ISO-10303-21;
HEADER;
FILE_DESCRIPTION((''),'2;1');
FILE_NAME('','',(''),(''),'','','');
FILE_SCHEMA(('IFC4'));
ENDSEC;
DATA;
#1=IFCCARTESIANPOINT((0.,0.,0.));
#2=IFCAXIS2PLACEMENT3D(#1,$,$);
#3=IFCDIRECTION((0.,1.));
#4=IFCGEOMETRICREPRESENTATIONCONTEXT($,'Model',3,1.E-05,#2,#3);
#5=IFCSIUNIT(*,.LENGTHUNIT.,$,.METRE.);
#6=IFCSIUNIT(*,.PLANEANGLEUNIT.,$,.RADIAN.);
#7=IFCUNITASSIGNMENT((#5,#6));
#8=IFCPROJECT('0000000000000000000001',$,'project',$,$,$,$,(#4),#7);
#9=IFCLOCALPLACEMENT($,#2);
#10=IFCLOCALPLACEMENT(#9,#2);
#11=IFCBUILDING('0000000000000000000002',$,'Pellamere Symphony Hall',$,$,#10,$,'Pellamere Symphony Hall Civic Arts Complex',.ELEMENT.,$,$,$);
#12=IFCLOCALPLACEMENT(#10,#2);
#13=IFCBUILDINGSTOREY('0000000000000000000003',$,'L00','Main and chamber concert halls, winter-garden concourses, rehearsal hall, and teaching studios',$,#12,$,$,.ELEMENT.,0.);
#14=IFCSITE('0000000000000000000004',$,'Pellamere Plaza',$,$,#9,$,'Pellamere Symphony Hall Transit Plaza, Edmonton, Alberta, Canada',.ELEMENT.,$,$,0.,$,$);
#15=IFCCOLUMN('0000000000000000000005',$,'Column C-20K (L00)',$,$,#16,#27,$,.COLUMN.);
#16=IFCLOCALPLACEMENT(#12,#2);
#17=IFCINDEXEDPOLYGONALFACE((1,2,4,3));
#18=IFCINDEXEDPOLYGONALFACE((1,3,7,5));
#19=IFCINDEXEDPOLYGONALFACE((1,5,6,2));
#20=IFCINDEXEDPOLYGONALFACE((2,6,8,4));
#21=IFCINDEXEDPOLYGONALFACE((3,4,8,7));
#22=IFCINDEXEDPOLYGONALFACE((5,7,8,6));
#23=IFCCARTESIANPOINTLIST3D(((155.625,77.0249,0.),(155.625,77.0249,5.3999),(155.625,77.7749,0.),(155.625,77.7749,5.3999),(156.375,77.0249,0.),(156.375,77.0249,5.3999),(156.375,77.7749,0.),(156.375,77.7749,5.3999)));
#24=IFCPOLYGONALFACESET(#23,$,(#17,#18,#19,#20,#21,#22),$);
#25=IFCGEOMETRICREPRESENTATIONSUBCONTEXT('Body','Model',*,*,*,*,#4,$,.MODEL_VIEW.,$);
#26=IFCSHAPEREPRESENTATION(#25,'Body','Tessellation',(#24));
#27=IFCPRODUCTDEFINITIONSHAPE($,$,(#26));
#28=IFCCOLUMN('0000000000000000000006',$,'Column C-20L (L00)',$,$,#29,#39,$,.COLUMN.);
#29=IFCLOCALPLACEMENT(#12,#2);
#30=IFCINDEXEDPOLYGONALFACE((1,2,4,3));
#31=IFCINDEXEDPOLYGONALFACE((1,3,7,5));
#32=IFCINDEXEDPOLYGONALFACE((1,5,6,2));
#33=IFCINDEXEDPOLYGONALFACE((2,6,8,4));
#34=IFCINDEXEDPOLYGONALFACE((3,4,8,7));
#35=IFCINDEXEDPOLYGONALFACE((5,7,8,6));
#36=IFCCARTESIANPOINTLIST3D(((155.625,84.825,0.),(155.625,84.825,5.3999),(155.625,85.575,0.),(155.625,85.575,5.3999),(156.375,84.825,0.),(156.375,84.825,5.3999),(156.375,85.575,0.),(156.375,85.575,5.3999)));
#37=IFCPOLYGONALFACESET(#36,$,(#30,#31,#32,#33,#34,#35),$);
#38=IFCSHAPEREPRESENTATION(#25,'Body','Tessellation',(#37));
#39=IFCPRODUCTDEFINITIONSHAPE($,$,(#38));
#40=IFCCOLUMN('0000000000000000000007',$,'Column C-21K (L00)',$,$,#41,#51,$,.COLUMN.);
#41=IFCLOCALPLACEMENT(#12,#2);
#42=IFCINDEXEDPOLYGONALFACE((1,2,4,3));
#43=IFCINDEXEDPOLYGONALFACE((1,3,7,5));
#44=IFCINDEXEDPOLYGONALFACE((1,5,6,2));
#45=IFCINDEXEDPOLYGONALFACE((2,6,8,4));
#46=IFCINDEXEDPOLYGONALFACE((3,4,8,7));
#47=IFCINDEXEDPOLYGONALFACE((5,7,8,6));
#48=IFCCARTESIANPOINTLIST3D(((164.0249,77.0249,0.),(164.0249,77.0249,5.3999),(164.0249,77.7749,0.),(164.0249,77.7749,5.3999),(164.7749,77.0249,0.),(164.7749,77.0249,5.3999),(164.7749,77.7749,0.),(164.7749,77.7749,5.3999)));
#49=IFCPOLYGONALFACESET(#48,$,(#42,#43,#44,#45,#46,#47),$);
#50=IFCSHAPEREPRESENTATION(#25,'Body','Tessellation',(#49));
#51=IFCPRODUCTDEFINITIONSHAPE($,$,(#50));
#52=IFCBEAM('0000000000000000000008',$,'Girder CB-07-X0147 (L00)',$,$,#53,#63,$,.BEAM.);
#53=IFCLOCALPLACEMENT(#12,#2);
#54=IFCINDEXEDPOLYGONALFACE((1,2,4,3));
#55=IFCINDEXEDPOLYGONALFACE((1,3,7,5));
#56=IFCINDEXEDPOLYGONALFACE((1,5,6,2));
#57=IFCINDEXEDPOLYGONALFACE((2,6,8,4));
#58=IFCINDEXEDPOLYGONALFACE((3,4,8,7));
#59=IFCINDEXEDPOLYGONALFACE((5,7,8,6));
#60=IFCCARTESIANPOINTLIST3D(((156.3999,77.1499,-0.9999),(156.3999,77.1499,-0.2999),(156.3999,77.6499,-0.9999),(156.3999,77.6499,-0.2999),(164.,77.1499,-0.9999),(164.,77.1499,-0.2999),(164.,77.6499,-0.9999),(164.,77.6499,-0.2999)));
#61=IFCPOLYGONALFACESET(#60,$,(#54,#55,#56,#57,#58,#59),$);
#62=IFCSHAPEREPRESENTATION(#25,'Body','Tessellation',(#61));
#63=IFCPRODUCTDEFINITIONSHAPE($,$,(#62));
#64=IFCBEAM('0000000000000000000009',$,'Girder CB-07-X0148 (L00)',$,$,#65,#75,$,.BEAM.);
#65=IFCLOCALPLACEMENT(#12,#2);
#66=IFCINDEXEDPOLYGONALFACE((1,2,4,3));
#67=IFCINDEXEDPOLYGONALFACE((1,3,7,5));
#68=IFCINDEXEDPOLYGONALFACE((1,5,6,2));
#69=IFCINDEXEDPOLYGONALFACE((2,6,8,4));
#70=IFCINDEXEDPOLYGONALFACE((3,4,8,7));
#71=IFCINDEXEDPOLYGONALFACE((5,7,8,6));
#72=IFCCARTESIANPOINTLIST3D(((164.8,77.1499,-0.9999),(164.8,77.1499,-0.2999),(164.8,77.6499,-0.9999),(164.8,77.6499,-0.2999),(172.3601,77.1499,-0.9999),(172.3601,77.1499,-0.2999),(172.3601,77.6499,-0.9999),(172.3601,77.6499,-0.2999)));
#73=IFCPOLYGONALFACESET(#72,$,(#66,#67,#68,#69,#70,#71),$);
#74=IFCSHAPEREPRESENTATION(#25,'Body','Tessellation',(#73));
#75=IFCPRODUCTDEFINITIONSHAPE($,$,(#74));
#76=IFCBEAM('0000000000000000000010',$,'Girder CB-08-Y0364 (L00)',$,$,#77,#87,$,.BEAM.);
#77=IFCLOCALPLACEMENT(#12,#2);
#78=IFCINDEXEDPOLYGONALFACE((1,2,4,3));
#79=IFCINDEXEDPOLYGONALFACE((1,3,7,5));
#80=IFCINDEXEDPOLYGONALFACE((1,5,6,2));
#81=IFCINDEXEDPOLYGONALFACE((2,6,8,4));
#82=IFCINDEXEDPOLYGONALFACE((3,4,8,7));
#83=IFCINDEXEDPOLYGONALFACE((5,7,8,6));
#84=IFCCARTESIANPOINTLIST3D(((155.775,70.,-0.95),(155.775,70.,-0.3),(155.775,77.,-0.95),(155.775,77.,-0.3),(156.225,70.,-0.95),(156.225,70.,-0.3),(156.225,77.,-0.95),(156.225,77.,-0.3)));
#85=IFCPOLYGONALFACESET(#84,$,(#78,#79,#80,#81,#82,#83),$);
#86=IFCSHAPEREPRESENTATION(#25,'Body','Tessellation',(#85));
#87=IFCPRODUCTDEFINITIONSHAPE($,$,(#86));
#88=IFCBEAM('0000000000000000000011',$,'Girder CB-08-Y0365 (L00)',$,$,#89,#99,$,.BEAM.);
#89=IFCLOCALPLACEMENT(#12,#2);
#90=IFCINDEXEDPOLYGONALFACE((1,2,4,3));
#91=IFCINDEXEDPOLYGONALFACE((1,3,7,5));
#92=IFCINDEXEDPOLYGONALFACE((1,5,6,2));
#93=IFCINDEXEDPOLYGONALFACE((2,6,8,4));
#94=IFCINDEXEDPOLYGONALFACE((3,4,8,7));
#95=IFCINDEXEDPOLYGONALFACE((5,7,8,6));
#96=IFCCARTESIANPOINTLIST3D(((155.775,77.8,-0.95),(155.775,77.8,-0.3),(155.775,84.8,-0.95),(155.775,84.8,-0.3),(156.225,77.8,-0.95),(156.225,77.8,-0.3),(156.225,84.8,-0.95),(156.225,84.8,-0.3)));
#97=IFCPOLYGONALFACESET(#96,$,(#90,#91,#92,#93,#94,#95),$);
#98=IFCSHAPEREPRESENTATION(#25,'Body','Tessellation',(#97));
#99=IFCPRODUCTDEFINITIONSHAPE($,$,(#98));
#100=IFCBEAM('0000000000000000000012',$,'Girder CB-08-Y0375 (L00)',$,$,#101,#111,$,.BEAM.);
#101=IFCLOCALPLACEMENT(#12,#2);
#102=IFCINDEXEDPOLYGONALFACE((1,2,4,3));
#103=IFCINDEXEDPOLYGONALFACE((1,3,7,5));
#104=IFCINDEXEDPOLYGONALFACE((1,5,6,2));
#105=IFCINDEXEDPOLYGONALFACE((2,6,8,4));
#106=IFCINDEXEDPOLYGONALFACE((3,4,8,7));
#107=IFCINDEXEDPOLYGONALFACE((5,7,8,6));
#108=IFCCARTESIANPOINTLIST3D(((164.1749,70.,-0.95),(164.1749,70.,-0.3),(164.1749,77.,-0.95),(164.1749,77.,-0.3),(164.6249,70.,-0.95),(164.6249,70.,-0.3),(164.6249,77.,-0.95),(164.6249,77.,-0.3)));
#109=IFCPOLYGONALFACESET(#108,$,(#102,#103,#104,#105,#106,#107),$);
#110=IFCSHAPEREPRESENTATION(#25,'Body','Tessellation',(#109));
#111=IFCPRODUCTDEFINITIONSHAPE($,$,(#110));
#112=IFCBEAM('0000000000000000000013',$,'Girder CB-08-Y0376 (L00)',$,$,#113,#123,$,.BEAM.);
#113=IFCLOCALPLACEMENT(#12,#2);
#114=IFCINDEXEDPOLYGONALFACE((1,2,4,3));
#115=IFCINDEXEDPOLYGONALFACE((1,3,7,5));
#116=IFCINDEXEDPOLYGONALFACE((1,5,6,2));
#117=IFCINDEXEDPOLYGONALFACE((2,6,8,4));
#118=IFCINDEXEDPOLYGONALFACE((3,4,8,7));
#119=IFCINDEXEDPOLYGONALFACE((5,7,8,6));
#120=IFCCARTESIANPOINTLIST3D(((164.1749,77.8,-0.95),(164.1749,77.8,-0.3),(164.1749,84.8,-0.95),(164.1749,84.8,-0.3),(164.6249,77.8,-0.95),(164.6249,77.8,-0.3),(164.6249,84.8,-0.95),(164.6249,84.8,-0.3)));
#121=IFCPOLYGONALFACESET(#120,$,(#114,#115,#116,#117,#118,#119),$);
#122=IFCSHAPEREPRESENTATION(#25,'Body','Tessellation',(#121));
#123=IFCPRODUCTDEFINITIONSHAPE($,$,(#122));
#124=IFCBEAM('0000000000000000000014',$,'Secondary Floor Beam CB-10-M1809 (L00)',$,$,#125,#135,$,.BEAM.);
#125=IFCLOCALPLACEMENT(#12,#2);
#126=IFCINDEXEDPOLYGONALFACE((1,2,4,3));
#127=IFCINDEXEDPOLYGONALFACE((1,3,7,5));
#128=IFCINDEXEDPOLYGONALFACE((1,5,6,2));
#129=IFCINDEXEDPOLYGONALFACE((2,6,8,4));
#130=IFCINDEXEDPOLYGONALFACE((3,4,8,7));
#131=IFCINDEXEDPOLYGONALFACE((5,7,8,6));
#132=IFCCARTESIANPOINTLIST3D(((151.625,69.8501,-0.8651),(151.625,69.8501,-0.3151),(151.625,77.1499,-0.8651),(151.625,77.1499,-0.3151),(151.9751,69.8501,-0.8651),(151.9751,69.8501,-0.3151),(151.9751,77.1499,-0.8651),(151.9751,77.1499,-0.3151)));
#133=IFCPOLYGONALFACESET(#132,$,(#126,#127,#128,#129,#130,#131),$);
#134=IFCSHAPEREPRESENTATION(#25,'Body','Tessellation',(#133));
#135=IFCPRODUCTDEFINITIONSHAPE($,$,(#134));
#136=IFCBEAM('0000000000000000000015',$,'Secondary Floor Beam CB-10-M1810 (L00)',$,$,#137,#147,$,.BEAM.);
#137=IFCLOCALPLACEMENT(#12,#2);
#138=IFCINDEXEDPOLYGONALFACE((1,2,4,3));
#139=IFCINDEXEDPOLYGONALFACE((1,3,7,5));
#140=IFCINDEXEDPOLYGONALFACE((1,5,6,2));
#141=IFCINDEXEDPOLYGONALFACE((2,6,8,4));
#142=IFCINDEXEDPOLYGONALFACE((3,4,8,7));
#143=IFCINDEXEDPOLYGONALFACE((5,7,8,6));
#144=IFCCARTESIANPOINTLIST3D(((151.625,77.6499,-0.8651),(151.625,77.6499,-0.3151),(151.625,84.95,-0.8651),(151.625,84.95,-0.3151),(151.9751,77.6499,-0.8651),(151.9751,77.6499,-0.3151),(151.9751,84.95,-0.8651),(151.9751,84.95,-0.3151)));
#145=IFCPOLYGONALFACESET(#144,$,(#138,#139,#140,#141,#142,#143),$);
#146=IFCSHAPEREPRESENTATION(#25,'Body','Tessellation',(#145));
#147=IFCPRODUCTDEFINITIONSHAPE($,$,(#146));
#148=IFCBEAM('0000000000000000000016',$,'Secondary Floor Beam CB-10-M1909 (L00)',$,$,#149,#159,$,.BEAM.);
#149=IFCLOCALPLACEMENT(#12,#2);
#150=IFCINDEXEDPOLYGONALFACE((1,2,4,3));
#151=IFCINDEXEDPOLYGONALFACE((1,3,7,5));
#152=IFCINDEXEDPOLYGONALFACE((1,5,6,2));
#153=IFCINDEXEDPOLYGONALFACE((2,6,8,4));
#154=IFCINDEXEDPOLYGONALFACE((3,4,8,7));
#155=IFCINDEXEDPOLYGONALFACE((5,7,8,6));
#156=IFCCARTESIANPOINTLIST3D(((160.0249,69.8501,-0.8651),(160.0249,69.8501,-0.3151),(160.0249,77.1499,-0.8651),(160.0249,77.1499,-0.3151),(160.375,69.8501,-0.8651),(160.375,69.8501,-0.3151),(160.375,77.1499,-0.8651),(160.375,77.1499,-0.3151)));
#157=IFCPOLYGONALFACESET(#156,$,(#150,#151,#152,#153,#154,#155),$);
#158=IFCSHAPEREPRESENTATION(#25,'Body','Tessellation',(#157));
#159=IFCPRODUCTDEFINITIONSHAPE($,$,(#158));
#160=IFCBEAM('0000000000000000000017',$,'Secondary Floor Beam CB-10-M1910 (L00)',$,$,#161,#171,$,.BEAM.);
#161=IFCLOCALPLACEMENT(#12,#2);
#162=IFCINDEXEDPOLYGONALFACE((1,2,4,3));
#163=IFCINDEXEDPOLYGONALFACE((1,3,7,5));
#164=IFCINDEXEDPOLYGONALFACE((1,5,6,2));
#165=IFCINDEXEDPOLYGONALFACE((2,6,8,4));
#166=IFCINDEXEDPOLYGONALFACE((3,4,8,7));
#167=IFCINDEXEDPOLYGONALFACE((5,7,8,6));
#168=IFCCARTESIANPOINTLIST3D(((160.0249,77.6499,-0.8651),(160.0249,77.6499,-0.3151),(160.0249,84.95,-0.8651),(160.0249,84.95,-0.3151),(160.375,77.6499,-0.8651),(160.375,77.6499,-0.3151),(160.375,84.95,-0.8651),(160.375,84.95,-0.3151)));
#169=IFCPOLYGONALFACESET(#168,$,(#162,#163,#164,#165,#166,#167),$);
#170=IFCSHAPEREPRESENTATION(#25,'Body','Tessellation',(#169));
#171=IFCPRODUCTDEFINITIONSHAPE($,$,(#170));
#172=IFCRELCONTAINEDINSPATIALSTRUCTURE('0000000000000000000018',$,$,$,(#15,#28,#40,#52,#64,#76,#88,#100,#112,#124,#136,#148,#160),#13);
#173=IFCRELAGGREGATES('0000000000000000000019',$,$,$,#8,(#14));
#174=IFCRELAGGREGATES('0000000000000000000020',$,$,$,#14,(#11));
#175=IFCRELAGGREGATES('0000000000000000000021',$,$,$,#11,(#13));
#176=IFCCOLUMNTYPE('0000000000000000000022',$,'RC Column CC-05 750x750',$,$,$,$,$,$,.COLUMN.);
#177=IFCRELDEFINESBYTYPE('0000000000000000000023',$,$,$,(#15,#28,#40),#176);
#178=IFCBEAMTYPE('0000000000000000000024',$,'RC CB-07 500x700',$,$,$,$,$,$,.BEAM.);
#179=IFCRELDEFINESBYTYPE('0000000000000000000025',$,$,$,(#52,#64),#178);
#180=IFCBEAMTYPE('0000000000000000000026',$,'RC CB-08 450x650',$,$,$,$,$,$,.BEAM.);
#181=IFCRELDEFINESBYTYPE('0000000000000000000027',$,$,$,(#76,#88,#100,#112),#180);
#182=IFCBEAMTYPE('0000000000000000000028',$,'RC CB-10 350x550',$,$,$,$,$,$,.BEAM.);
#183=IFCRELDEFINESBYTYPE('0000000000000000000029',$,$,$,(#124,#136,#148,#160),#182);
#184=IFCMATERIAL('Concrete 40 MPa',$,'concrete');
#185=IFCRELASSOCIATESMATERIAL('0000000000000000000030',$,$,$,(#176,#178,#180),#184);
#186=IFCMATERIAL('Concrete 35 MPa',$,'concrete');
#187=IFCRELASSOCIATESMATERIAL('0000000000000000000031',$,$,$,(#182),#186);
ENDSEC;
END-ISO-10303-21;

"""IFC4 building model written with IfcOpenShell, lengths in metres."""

from ifc_helpers import new_model, si_unit, direction, frame, origin, origin_2d, place, context, subcontext, project, spatial, rectangle, extrude, material, material_profile, profile_set, type_object, element, save


model = new_model("IFC4")

# Units and contexts
model_context = context("Model", 3, precision=1e-05, world=origin(), true_north=direction((0.0, 1.0)))
body_context = subcontext(model_context, "Body", "Model", "MODEL_VIEW")
ifc_project = project(units=[si_unit("LENGTHUNIT", "METRE"), si_unit("PLANEANGLEUNIT", "RADIAN")], contexts=[model_context])

# Site, building, storey
site_placement = place(None, origin())
site = spatial("IfcSite", under=ifc_project, at=site_placement, Name="Pellamere Plaza", LongName="Pellamere Symphony Hall Transit Plaza, Edmonton, Alberta, Canada", CompositionType="ELEMENT", RefElevation=0.0)
building_placement = place(site_placement, origin())
building = spatial("IfcBuilding", under=site, at=building_placement, Name="Pellamere Symphony Hall", LongName="Pellamere Symphony Hall Civic Arts Complex", CompositionType="ELEMENT")
storey_placement = place(building_placement, origin())
storey = spatial("IfcBuildingStorey", under=building, at=storey_placement, Name="L00", Description="Main and chamber concert halls, winter-garden concourses, rehearsal hall, and teaching studios", CompositionType="ELEMENT", Elevation=0.0)

# Columns
ifc_material_1 = material(Name="Concrete 40 MPa", Category="concrete")
ifc_material_profile_1 = material_profile(ifc_material_1, rectangle(XDim=0.75, YDim=0.75, at=origin_2d()), Name="RC 750x750")
ifc_profile_set_1 = profile_set([ifc_material_profile_1], Name="Concrete 40 MPa")
column_type = type_object("IfcColumnType", Name="RC Column CC-05 750x750", PredefinedType="COLUMN", material=ifc_profile_set_1)
for number, where, z_axis, x_axis, name in (
    (1, (156.0, 77.3999, 0.0), (0.0, 0.0, 1.0), (1.0, 0.0, 0.0), "Column C-20K (L00)"),
    (2, (156.0, 85.2, 0.0), (0.0, 0.0, 1.0), (1.0, 0.0, 0.0), "Column C-20L (L00)"),
    (3, (164.3999, 77.3999, 0.0), (0.0, 0.0, 1.0), (1.0, 0.0, 0.0), "Column C-21K (L00)"),
):
    element("IfcColumn", number, at=place(storey_placement, frame(where, z_axis=z_axis, x_axis=x_axis)), inside=storey, type_object=column_type, Name=name, PredefinedType="COLUMN", context=body_context, shape_type="SweptSolid", body=[
        extrude(rectangle(XDim=0.75, YDim=0.75, at=origin_2d()), origin(), (0.0, 0.0, 1.0), 5.3999),
    ])

# Beams
ifc_material_profile_2 = material_profile(ifc_material_1, rectangle(XDim=0.5, YDim=0.7, at=origin_2d()), Name="RC 500x700")
ifc_profile_set_2 = profile_set([ifc_material_profile_2], Name="Concrete 40 MPa")
beam_type_1 = type_object("IfcBeamType", Name="RC CB-07 500x700", PredefinedType="BEAM", material=ifc_profile_set_2)
beam_1_placement = place(storey_placement, frame((156.3999, 77.3999, -0.6499), z_axis=(1.0, 0.0, 0.0), x_axis=(0.0, 1.0, 0.0)))
element("IfcBeam", 4, at=beam_1_placement, inside=storey, type_object=beam_type_1, Name="Girder CB-07-X0147 (L00)", PredefinedType="BEAM", context=body_context, shape_type="SweptSolid", body=[
    extrude(rectangle(XDim=0.5, YDim=0.7, at=origin_2d()), origin(), (0.0, 0.0, 1.0), 7.6001),
])
beam_2_placement = place(storey_placement, frame((164.8, 77.3999, -0.6499), z_axis=(1.0, 0.0, 0.0), x_axis=(0.0, 1.0, 0.0)))
element("IfcBeam", 5, at=beam_2_placement, inside=storey, type_object=beam_type_1, Name="Girder CB-07-X0148 (L00)", PredefinedType="BEAM", context=body_context, shape_type="SweptSolid", body=[
    extrude(rectangle(XDim=0.5, YDim=0.7, at=origin_2d()), origin(), (0.0, 0.0, 1.0), 7.5601),
])
ifc_material_profile_3 = material_profile(ifc_material_1, rectangle(XDim=0.45, YDim=0.6499, at=origin_2d()), Name="RC 450x650")
ifc_profile_set_3 = profile_set([ifc_material_profile_3], Name="Concrete 40 MPa")
beam_type_2 = type_object("IfcBeamType", Name="RC CB-08 450x650", PredefinedType="BEAM", material=ifc_profile_set_3)
for number, where, z_axis, x_axis, name in (
    (6, (156.0, 70.0, -0.625), (0.0, 1.0, 0.0), (-1.0, 0.0, 0.0), "Girder CB-08-Y0364 (L00)"),
    (7, (156.0, 77.8, -0.625), (0.0, 1.0, 0.0), (-1.0, 0.0, 0.0), "Girder CB-08-Y0365 (L00)"),
    (8, (164.3999, 70.0, -0.625), (0.0, 1.0, 0.0), (-1.0, 0.0, 0.0), "Girder CB-08-Y0375 (L00)"),
    (9, (164.3999, 77.8, -0.625), (0.0, 1.0, 0.0), (-1.0, 0.0, 0.0), "Girder CB-08-Y0376 (L00)"),
):
    element("IfcBeam", number, at=place(storey_placement, frame(where, z_axis=z_axis, x_axis=x_axis)), inside=storey, type_object=beam_type_2, Name=name, PredefinedType="BEAM", context=body_context, shape_type="SweptSolid", body=[
        extrude(rectangle(XDim=0.45, YDim=0.6499, at=origin_2d()), origin(), (0.0, 0.0, 1.0), 7.0),
    ])
ifc_material_2 = material(Name="Concrete 35 MPa", Category="concrete")
ifc_material_profile_4 = material_profile(ifc_material_2, rectangle(XDim=0.3501, YDim=0.55, at=origin_2d()), Name="RC 350x550")
ifc_profile_set_4 = profile_set([ifc_material_profile_4], Name="Concrete 35 MPa")
beam_type_3 = type_object("IfcBeamType", Name="RC CB-10 350x550", PredefinedType="BEAM", material=ifc_profile_set_4)
beam_3_placement = place(storey_placement, frame((151.8, 69.8501, -0.5901), z_axis=(0.0, 1.0, 0.0), x_axis=(-1.0, 0.0, 0.0)))
element("IfcBeam", 10, at=beam_3_placement, inside=storey, type_object=beam_type_3, Name="Secondary Floor Beam CB-10-M1809 (L00)", PredefinedType="BEAM", context=body_context, shape_type="SweptSolid", body=[
    extrude(rectangle(XDim=0.3501, YDim=0.55, at=origin_2d()), origin(), (0.0, 0.0, 1.0), 7.2998),
])
beam_4_placement = place(storey_placement, frame((151.8, 77.6499, -0.5901), z_axis=(0.0, 1.0, 0.0), x_axis=(-1.0, 0.0, 0.0)))
element("IfcBeam", 11, at=beam_4_placement, inside=storey, type_object=beam_type_3, Name="Secondary Floor Beam CB-10-M1810 (L00)", PredefinedType="BEAM", context=body_context, shape_type="SweptSolid", body=[
    extrude(rectangle(XDim=0.3501, YDim=0.55, at=origin_2d()), origin(), (0.0, 0.0, 1.0), 7.3),
])
beam_5_placement = place(storey_placement, frame((160.2, 69.8501, -0.5901), z_axis=(0.0, 1.0, 0.0), x_axis=(-1.0, 0.0, 0.0)))
element("IfcBeam", 12, at=beam_5_placement, inside=storey, type_object=beam_type_3, Name="Secondary Floor Beam CB-10-M1909 (L00)", PredefinedType="BEAM", context=body_context, shape_type="SweptSolid", body=[
    extrude(rectangle(XDim=0.3501, YDim=0.55, at=origin_2d()), origin(), (0.0, 0.0, 1.0), 7.2998),
])
beam_6_placement = place(storey_placement, frame((160.2, 77.6499, -0.5901), z_axis=(0.0, 1.0, 0.0), x_axis=(-1.0, 0.0, 0.0)))
element("IfcBeam", 13, at=beam_6_placement, inside=storey, type_object=beam_type_3, Name="Secondary Floor Beam CB-10-M1910 (L00)", PredefinedType="BEAM", context=body_context, shape_type="SweptSolid", body=[
    extrude(rectangle(XDim=0.3501, YDim=0.55, at=origin_2d()), origin(), (0.0, 0.0, 1.0), 7.3),
])

save(model, "model.ifc")
